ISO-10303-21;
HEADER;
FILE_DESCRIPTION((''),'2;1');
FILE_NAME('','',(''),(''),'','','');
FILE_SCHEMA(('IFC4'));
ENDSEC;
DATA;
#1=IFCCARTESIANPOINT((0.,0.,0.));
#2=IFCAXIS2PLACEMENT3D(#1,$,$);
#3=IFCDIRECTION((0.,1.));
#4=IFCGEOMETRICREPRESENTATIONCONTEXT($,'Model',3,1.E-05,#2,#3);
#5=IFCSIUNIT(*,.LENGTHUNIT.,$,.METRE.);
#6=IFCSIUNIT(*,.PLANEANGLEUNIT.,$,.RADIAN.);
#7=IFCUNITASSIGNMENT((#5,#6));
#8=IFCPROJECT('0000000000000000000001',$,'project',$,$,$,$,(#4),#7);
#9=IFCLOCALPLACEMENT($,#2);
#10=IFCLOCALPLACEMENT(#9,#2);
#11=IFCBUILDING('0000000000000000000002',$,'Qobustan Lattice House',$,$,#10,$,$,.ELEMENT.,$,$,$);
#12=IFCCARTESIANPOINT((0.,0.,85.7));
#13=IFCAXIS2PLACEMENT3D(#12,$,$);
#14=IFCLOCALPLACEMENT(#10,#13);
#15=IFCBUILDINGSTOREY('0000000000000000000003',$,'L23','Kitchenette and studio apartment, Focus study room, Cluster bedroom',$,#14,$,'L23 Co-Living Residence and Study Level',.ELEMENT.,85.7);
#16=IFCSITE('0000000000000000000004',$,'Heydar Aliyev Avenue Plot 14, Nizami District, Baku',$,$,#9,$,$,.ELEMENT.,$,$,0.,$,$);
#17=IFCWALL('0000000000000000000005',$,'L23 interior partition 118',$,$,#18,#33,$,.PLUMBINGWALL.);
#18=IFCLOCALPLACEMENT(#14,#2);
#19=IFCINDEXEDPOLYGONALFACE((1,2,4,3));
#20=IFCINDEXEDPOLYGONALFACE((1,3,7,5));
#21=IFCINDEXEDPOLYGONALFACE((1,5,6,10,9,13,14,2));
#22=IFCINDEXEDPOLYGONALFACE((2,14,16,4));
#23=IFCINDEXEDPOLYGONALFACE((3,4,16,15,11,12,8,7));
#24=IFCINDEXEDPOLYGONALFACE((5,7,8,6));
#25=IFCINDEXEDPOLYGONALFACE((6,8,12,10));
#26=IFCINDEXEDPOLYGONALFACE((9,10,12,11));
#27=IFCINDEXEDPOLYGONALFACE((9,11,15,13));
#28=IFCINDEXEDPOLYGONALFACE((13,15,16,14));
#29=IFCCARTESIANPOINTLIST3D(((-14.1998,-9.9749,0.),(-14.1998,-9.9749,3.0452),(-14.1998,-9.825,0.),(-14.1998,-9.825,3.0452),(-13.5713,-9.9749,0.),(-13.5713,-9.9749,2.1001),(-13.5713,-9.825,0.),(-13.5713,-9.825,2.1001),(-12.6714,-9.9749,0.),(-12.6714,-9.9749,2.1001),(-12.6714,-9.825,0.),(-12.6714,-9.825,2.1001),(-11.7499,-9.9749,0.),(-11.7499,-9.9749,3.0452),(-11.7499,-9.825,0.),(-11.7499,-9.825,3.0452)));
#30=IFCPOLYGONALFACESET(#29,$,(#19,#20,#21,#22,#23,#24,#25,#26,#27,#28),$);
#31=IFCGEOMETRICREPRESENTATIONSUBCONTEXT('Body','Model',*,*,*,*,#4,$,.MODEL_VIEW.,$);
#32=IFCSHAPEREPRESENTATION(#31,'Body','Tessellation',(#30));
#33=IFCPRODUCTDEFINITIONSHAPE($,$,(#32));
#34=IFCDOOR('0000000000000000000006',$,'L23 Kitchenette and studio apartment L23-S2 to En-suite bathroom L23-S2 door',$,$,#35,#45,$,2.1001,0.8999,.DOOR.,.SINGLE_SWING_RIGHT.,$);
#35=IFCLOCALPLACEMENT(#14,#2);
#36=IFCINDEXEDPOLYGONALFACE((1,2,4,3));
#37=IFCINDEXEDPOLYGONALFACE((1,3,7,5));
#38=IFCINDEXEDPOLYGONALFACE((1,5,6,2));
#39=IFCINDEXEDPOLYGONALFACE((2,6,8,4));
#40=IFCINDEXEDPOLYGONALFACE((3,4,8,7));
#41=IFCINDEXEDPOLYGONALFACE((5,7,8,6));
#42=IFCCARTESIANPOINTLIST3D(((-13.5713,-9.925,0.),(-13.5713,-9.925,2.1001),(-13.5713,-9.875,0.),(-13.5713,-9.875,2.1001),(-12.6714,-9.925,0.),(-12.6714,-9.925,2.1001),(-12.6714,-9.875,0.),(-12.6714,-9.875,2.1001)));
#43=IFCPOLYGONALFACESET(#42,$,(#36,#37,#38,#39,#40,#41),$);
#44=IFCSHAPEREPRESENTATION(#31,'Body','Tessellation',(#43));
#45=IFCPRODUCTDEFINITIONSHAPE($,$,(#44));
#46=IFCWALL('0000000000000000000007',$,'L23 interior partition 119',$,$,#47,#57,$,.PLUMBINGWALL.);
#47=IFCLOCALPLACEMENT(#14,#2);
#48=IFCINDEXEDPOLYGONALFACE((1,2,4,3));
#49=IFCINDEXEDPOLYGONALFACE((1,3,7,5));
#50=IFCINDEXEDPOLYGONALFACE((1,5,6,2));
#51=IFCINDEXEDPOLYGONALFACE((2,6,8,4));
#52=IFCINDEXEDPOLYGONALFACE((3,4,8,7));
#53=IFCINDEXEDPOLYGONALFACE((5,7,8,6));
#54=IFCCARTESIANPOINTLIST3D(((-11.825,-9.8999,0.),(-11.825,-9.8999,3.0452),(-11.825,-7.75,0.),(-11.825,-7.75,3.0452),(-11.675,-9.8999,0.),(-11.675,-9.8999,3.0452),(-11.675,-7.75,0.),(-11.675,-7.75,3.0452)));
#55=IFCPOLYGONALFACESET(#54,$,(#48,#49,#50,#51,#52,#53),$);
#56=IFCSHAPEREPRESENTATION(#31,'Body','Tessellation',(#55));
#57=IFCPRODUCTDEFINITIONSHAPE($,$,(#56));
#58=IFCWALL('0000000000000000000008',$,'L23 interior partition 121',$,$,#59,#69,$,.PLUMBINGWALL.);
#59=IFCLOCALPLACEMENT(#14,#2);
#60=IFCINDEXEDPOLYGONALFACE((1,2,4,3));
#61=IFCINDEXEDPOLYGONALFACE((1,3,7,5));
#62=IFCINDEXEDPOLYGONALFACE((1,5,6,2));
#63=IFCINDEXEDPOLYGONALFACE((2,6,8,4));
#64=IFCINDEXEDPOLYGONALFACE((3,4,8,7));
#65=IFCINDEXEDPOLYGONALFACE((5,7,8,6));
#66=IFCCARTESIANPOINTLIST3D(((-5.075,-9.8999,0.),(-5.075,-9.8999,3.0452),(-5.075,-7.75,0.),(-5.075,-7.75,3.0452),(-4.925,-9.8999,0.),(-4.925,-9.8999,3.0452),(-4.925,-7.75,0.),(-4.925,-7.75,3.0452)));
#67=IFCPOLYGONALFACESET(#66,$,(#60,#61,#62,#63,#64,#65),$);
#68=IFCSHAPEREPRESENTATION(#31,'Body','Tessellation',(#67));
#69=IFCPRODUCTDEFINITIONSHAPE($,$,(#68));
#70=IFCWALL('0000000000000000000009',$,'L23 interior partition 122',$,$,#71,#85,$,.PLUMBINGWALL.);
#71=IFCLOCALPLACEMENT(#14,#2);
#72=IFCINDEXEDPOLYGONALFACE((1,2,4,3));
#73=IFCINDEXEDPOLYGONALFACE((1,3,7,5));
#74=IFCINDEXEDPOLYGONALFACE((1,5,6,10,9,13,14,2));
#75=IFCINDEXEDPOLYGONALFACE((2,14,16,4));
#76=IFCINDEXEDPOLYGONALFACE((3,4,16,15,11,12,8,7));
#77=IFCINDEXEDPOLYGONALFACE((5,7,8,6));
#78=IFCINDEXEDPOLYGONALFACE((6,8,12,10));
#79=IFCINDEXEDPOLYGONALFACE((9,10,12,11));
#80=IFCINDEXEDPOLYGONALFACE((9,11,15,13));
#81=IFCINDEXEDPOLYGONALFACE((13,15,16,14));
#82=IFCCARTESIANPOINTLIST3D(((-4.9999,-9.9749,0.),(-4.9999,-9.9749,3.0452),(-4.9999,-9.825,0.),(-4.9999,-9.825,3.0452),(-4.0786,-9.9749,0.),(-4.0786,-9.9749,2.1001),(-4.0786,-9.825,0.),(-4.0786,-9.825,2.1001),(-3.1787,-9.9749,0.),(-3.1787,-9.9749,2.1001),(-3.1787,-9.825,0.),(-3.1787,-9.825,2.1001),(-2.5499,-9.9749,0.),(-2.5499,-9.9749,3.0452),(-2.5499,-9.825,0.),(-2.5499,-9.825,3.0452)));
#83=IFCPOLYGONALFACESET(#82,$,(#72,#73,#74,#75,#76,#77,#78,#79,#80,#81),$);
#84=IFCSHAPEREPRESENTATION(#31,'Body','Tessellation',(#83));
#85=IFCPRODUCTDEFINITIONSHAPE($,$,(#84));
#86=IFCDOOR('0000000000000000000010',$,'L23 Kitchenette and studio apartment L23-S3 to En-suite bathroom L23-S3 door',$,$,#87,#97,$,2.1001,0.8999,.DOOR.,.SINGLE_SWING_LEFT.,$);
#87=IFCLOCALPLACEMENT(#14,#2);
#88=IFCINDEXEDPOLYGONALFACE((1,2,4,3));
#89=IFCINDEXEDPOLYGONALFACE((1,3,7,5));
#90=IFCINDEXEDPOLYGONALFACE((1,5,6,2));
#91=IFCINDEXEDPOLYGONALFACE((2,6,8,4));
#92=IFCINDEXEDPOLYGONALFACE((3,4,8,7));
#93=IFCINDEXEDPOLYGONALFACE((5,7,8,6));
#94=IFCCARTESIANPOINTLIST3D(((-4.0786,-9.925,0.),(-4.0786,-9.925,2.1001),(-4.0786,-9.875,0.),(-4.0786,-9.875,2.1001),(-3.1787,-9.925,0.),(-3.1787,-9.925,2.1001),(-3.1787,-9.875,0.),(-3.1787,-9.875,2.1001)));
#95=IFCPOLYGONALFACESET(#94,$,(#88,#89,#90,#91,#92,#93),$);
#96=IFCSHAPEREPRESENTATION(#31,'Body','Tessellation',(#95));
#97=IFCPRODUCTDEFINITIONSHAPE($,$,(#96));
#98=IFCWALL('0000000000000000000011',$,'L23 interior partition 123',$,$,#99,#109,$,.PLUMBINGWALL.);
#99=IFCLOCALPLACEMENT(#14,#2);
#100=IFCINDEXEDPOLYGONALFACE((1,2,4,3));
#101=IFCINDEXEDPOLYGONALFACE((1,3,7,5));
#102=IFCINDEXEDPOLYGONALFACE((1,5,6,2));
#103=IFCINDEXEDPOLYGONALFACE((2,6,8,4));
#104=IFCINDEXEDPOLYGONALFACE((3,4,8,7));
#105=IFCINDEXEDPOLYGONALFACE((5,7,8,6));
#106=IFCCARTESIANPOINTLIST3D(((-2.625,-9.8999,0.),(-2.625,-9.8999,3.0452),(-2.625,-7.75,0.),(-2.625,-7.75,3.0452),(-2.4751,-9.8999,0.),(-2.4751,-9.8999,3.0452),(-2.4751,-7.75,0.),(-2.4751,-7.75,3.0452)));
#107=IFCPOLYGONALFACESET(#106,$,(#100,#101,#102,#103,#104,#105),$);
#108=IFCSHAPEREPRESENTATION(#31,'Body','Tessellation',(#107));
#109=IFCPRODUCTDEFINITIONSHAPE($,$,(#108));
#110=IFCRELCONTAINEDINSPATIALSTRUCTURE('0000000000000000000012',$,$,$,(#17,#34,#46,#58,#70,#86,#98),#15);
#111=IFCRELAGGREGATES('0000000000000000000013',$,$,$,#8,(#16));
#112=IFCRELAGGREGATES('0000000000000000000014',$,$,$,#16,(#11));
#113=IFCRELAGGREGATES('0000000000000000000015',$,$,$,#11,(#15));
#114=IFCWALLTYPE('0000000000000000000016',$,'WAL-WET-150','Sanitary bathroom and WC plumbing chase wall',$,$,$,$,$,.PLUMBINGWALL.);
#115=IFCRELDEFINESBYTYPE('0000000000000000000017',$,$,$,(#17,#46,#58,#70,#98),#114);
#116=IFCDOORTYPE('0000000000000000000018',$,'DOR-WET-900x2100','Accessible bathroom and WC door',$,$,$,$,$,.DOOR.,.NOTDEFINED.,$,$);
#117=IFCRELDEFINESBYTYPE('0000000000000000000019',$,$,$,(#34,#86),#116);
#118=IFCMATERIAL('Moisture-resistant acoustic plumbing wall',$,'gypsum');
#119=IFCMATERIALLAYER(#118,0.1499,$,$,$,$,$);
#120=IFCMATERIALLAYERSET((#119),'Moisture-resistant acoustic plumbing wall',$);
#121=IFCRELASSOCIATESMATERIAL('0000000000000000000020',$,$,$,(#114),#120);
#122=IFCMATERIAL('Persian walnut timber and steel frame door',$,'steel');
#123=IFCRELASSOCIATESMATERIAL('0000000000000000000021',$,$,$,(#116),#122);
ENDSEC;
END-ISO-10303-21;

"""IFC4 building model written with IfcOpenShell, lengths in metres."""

from ifc_helpers import new_model, si_unit, direction, frame, frame_2d, origin, place, context, subcontext, project, spatial, rectangle, extrude, material, layer, layer_set, type_object, element, fill, save


model = new_model("IFC4")

# Units and contexts
model_context = context("Model", 3, precision=1e-05, world=origin(), true_north=direction((0.0, 1.0)))
body_context = subcontext(model_context, "Body", "Model", "MODEL_VIEW")
ifc_project = project(units=[si_unit("LENGTHUNIT", "METRE"), si_unit("PLANEANGLEUNIT", "RADIAN")], contexts=[model_context])

# Site, building, storey
site_placement = place(None, origin())
site = spatial("IfcSite", under=ifc_project, at=site_placement, Name="Heydar Aliyev Avenue Plot 14, Nizami District, Baku", CompositionType="ELEMENT", RefElevation=0.0)
building_placement = place(site_placement, origin())
building = spatial("IfcBuilding", under=site, at=building_placement, Name="Qobustan Lattice House", CompositionType="ELEMENT")
storey_placement = place(building_placement, frame((0.0, 0.0, 85.7)))
storey = spatial("IfcBuildingStorey", under=building, at=storey_placement, Name="L23", Description="Kitchenette and studio apartment, Focus study room, Cluster bedroom", LongName="L23 Co-Living Residence and Study Level", CompositionType="ELEMENT", Elevation=85.7)

# Shared definitions
ifc_material_1 = material(Name="Moisture-resistant acoustic plumbing wall", Category="gypsum")
ifc_layer_1 = layer(ifc_material_1, 0.1499)
ifc_layer_set_1 = layer_set([ifc_layer_1], Name="Moisture-resistant acoustic plumbing wall")
wall_type_1 = type_object("IfcWallType", Name="WAL-WET-150", Description="Sanitary bathroom and WC plumbing chase wall", PredefinedType="PLUMBINGWALL", material=ifc_layer_set_1)

# Wall, opening, door
wall_1_placement = place(storey_placement, frame((-14.2, -9.8999, 0.0), z_axis=(0.0, 0.0, 1.0), x_axis=(1.0, 0.0, 0.0)))
wall_1 = element("IfcWall", 1, at=wall_1_placement, inside=storey, type_object=wall_type_1, Name="L23 interior partition 118", PredefinedType="PLUMBINGWALL", context=body_context, shape_type="SweptSolid", body=[
    extrude(rectangle(XDim=2.45, YDim=0.1499, at=frame_2d((1.2251, 0.0))), origin(), (0.0, 0.0, 1.0), 3.0452),
])
opening_1_placement = place(wall_1_placement, frame((0.6287, 0.0, 0.0)))
opening_1 = element("IfcOpeningElement", 2, at=opening_1_placement, cuts=wall_1, PredefinedType="OPENING", context=body_context, shape_type="SweptSolid", body=[
    extrude(rectangle(XDim=0.8999, YDim=2.1001, at=frame_2d((0.45, 1.05))), frame((0.0, 0.085, 0.0), z_axis=(0.0, -1.0, 0.0), x_axis=(1.0, 0.0, 0.0)), (0.0, 0.0, 1.0), 0.1699),
])
ifc_material_2 = material(Name="Persian walnut timber and steel frame door", Category="steel")
door_type_1 = type_object("IfcDoorType", Name="DOR-WET-900x2100", Description="Accessible bathroom and WC door", OperationType="NOTDEFINED", PredefinedType="DOOR", material=ifc_material_2)
door_1_placement = place(opening_1_placement, origin())
door_1 = element("IfcDoor", 3, at=door_1_placement, inside=storey, type_object=door_type_1, Name="L23 Kitchenette and studio apartment L23-S2 to En-suite bathroom L23-S2 door", OperationType="SINGLE_SWING_RIGHT", OverallHeight=2.1001, OverallWidth=0.8999, PredefinedType="DOOR", context=body_context, shape_type="SweptSolid", body=[
    extrude(rectangle(XDim=0.8999, YDim=2.1001, at=frame_2d((0.45, 1.05))), frame((0.0, 0.0249, 0.0), z_axis=(0.0, -1.0, 0.0), x_axis=(1.0, 0.0, 0.0)), (0.0, 0.0, 1.0), 0.05),
])
fill(opening_1, door_1)

# Walls
for number, where, z_axis, x_axis, name in (
    (4, (-11.75, -9.8999, 0.0), (0.0, 0.0, 1.0), (0.0, 1.0, 0.0), "L23 interior partition 119"),
    (5, (-5.0, -7.75, 0.0), (0.0, 0.0, 1.0), (0.0, -1.0, 0.0), "L23 interior partition 121"),
):
    element("IfcWall", number, at=place(storey_placement, frame(where, z_axis=z_axis, x_axis=x_axis)), inside=storey, type_object=wall_type_1, Name=name, PredefinedType="PLUMBINGWALL", context=body_context, shape_type="SweptSolid", body=[
        extrude(rectangle(XDim=2.1499, YDim=0.1499, at=frame_2d((1.075, 0.0))), origin(), (0.0, 0.0, 1.0), 3.0452),
    ])

# Wall, opening, door
wall_2_placement = place(storey_placement, frame((-5.0, -9.8999, 0.0), z_axis=(0.0, 0.0, 1.0), x_axis=(1.0, 0.0, 0.0)))
wall_2 = element("IfcWall", 6, at=wall_2_placement, inside=storey, type_object=wall_type_1, Name="L23 interior partition 122", PredefinedType="PLUMBINGWALL", context=body_context, shape_type="SweptSolid", body=[
    extrude(rectangle(XDim=2.45, YDim=0.1499, at=frame_2d((1.2251, 0.0))), origin(), (0.0, 0.0, 1.0), 3.0452),
])
opening_2_placement = place(wall_2_placement, frame((0.9214, 0.0, 0.0)))
opening_2 = element("IfcOpeningElement", 7, at=opening_2_placement, cuts=wall_2, PredefinedType="OPENING", context=body_context, shape_type="SweptSolid", body=[
    extrude(rectangle(XDim=0.8999, YDim=2.1001, at=frame_2d((0.45, 1.05))), frame((0.0, 0.085, 0.0), z_axis=(0.0, -1.0, 0.0), x_axis=(1.0, 0.0, 0.0)), (0.0, 0.0, 1.0), 0.1699),
])
door_2_placement = place(opening_2_placement, origin())
door_2 = element("IfcDoor", 8, at=door_2_placement, inside=storey, type_object=door_type_1, Name="L23 Kitchenette and studio apartment L23-S3 to En-suite bathroom L23-S3 door", OperationType="SINGLE_SWING_LEFT", OverallHeight=2.1001, OverallWidth=0.8999, PredefinedType="DOOR", context=body_context, shape_type="SweptSolid", body=[
    extrude(rectangle(XDim=0.8999, YDim=2.1001, at=frame_2d((0.45, 1.05))), frame((0.0, 0.0249, 0.0), z_axis=(0.0, -1.0, 0.0), x_axis=(1.0, 0.0, 0.0)), (0.0, 0.0, 1.0), 0.05),
])
fill(opening_2, door_2)

# Wall
wall_3_placement = place(storey_placement, frame((-2.55, -9.8999, 0.0), z_axis=(0.0, 0.0, 1.0), x_axis=(0.0, 1.0, 0.0)))
element("IfcWall", 9, at=wall_3_placement, inside=storey, type_object=wall_type_1, Name="L23 interior partition 123", PredefinedType="PLUMBINGWALL", context=body_context, shape_type="SweptSolid", body=[
    extrude(rectangle(XDim=2.1499, YDim=0.1499, at=frame_2d((1.075, 0.0))), origin(), (0.0, 0.0, 1.0), 3.0452),
])

save(model, "model.ifc")
